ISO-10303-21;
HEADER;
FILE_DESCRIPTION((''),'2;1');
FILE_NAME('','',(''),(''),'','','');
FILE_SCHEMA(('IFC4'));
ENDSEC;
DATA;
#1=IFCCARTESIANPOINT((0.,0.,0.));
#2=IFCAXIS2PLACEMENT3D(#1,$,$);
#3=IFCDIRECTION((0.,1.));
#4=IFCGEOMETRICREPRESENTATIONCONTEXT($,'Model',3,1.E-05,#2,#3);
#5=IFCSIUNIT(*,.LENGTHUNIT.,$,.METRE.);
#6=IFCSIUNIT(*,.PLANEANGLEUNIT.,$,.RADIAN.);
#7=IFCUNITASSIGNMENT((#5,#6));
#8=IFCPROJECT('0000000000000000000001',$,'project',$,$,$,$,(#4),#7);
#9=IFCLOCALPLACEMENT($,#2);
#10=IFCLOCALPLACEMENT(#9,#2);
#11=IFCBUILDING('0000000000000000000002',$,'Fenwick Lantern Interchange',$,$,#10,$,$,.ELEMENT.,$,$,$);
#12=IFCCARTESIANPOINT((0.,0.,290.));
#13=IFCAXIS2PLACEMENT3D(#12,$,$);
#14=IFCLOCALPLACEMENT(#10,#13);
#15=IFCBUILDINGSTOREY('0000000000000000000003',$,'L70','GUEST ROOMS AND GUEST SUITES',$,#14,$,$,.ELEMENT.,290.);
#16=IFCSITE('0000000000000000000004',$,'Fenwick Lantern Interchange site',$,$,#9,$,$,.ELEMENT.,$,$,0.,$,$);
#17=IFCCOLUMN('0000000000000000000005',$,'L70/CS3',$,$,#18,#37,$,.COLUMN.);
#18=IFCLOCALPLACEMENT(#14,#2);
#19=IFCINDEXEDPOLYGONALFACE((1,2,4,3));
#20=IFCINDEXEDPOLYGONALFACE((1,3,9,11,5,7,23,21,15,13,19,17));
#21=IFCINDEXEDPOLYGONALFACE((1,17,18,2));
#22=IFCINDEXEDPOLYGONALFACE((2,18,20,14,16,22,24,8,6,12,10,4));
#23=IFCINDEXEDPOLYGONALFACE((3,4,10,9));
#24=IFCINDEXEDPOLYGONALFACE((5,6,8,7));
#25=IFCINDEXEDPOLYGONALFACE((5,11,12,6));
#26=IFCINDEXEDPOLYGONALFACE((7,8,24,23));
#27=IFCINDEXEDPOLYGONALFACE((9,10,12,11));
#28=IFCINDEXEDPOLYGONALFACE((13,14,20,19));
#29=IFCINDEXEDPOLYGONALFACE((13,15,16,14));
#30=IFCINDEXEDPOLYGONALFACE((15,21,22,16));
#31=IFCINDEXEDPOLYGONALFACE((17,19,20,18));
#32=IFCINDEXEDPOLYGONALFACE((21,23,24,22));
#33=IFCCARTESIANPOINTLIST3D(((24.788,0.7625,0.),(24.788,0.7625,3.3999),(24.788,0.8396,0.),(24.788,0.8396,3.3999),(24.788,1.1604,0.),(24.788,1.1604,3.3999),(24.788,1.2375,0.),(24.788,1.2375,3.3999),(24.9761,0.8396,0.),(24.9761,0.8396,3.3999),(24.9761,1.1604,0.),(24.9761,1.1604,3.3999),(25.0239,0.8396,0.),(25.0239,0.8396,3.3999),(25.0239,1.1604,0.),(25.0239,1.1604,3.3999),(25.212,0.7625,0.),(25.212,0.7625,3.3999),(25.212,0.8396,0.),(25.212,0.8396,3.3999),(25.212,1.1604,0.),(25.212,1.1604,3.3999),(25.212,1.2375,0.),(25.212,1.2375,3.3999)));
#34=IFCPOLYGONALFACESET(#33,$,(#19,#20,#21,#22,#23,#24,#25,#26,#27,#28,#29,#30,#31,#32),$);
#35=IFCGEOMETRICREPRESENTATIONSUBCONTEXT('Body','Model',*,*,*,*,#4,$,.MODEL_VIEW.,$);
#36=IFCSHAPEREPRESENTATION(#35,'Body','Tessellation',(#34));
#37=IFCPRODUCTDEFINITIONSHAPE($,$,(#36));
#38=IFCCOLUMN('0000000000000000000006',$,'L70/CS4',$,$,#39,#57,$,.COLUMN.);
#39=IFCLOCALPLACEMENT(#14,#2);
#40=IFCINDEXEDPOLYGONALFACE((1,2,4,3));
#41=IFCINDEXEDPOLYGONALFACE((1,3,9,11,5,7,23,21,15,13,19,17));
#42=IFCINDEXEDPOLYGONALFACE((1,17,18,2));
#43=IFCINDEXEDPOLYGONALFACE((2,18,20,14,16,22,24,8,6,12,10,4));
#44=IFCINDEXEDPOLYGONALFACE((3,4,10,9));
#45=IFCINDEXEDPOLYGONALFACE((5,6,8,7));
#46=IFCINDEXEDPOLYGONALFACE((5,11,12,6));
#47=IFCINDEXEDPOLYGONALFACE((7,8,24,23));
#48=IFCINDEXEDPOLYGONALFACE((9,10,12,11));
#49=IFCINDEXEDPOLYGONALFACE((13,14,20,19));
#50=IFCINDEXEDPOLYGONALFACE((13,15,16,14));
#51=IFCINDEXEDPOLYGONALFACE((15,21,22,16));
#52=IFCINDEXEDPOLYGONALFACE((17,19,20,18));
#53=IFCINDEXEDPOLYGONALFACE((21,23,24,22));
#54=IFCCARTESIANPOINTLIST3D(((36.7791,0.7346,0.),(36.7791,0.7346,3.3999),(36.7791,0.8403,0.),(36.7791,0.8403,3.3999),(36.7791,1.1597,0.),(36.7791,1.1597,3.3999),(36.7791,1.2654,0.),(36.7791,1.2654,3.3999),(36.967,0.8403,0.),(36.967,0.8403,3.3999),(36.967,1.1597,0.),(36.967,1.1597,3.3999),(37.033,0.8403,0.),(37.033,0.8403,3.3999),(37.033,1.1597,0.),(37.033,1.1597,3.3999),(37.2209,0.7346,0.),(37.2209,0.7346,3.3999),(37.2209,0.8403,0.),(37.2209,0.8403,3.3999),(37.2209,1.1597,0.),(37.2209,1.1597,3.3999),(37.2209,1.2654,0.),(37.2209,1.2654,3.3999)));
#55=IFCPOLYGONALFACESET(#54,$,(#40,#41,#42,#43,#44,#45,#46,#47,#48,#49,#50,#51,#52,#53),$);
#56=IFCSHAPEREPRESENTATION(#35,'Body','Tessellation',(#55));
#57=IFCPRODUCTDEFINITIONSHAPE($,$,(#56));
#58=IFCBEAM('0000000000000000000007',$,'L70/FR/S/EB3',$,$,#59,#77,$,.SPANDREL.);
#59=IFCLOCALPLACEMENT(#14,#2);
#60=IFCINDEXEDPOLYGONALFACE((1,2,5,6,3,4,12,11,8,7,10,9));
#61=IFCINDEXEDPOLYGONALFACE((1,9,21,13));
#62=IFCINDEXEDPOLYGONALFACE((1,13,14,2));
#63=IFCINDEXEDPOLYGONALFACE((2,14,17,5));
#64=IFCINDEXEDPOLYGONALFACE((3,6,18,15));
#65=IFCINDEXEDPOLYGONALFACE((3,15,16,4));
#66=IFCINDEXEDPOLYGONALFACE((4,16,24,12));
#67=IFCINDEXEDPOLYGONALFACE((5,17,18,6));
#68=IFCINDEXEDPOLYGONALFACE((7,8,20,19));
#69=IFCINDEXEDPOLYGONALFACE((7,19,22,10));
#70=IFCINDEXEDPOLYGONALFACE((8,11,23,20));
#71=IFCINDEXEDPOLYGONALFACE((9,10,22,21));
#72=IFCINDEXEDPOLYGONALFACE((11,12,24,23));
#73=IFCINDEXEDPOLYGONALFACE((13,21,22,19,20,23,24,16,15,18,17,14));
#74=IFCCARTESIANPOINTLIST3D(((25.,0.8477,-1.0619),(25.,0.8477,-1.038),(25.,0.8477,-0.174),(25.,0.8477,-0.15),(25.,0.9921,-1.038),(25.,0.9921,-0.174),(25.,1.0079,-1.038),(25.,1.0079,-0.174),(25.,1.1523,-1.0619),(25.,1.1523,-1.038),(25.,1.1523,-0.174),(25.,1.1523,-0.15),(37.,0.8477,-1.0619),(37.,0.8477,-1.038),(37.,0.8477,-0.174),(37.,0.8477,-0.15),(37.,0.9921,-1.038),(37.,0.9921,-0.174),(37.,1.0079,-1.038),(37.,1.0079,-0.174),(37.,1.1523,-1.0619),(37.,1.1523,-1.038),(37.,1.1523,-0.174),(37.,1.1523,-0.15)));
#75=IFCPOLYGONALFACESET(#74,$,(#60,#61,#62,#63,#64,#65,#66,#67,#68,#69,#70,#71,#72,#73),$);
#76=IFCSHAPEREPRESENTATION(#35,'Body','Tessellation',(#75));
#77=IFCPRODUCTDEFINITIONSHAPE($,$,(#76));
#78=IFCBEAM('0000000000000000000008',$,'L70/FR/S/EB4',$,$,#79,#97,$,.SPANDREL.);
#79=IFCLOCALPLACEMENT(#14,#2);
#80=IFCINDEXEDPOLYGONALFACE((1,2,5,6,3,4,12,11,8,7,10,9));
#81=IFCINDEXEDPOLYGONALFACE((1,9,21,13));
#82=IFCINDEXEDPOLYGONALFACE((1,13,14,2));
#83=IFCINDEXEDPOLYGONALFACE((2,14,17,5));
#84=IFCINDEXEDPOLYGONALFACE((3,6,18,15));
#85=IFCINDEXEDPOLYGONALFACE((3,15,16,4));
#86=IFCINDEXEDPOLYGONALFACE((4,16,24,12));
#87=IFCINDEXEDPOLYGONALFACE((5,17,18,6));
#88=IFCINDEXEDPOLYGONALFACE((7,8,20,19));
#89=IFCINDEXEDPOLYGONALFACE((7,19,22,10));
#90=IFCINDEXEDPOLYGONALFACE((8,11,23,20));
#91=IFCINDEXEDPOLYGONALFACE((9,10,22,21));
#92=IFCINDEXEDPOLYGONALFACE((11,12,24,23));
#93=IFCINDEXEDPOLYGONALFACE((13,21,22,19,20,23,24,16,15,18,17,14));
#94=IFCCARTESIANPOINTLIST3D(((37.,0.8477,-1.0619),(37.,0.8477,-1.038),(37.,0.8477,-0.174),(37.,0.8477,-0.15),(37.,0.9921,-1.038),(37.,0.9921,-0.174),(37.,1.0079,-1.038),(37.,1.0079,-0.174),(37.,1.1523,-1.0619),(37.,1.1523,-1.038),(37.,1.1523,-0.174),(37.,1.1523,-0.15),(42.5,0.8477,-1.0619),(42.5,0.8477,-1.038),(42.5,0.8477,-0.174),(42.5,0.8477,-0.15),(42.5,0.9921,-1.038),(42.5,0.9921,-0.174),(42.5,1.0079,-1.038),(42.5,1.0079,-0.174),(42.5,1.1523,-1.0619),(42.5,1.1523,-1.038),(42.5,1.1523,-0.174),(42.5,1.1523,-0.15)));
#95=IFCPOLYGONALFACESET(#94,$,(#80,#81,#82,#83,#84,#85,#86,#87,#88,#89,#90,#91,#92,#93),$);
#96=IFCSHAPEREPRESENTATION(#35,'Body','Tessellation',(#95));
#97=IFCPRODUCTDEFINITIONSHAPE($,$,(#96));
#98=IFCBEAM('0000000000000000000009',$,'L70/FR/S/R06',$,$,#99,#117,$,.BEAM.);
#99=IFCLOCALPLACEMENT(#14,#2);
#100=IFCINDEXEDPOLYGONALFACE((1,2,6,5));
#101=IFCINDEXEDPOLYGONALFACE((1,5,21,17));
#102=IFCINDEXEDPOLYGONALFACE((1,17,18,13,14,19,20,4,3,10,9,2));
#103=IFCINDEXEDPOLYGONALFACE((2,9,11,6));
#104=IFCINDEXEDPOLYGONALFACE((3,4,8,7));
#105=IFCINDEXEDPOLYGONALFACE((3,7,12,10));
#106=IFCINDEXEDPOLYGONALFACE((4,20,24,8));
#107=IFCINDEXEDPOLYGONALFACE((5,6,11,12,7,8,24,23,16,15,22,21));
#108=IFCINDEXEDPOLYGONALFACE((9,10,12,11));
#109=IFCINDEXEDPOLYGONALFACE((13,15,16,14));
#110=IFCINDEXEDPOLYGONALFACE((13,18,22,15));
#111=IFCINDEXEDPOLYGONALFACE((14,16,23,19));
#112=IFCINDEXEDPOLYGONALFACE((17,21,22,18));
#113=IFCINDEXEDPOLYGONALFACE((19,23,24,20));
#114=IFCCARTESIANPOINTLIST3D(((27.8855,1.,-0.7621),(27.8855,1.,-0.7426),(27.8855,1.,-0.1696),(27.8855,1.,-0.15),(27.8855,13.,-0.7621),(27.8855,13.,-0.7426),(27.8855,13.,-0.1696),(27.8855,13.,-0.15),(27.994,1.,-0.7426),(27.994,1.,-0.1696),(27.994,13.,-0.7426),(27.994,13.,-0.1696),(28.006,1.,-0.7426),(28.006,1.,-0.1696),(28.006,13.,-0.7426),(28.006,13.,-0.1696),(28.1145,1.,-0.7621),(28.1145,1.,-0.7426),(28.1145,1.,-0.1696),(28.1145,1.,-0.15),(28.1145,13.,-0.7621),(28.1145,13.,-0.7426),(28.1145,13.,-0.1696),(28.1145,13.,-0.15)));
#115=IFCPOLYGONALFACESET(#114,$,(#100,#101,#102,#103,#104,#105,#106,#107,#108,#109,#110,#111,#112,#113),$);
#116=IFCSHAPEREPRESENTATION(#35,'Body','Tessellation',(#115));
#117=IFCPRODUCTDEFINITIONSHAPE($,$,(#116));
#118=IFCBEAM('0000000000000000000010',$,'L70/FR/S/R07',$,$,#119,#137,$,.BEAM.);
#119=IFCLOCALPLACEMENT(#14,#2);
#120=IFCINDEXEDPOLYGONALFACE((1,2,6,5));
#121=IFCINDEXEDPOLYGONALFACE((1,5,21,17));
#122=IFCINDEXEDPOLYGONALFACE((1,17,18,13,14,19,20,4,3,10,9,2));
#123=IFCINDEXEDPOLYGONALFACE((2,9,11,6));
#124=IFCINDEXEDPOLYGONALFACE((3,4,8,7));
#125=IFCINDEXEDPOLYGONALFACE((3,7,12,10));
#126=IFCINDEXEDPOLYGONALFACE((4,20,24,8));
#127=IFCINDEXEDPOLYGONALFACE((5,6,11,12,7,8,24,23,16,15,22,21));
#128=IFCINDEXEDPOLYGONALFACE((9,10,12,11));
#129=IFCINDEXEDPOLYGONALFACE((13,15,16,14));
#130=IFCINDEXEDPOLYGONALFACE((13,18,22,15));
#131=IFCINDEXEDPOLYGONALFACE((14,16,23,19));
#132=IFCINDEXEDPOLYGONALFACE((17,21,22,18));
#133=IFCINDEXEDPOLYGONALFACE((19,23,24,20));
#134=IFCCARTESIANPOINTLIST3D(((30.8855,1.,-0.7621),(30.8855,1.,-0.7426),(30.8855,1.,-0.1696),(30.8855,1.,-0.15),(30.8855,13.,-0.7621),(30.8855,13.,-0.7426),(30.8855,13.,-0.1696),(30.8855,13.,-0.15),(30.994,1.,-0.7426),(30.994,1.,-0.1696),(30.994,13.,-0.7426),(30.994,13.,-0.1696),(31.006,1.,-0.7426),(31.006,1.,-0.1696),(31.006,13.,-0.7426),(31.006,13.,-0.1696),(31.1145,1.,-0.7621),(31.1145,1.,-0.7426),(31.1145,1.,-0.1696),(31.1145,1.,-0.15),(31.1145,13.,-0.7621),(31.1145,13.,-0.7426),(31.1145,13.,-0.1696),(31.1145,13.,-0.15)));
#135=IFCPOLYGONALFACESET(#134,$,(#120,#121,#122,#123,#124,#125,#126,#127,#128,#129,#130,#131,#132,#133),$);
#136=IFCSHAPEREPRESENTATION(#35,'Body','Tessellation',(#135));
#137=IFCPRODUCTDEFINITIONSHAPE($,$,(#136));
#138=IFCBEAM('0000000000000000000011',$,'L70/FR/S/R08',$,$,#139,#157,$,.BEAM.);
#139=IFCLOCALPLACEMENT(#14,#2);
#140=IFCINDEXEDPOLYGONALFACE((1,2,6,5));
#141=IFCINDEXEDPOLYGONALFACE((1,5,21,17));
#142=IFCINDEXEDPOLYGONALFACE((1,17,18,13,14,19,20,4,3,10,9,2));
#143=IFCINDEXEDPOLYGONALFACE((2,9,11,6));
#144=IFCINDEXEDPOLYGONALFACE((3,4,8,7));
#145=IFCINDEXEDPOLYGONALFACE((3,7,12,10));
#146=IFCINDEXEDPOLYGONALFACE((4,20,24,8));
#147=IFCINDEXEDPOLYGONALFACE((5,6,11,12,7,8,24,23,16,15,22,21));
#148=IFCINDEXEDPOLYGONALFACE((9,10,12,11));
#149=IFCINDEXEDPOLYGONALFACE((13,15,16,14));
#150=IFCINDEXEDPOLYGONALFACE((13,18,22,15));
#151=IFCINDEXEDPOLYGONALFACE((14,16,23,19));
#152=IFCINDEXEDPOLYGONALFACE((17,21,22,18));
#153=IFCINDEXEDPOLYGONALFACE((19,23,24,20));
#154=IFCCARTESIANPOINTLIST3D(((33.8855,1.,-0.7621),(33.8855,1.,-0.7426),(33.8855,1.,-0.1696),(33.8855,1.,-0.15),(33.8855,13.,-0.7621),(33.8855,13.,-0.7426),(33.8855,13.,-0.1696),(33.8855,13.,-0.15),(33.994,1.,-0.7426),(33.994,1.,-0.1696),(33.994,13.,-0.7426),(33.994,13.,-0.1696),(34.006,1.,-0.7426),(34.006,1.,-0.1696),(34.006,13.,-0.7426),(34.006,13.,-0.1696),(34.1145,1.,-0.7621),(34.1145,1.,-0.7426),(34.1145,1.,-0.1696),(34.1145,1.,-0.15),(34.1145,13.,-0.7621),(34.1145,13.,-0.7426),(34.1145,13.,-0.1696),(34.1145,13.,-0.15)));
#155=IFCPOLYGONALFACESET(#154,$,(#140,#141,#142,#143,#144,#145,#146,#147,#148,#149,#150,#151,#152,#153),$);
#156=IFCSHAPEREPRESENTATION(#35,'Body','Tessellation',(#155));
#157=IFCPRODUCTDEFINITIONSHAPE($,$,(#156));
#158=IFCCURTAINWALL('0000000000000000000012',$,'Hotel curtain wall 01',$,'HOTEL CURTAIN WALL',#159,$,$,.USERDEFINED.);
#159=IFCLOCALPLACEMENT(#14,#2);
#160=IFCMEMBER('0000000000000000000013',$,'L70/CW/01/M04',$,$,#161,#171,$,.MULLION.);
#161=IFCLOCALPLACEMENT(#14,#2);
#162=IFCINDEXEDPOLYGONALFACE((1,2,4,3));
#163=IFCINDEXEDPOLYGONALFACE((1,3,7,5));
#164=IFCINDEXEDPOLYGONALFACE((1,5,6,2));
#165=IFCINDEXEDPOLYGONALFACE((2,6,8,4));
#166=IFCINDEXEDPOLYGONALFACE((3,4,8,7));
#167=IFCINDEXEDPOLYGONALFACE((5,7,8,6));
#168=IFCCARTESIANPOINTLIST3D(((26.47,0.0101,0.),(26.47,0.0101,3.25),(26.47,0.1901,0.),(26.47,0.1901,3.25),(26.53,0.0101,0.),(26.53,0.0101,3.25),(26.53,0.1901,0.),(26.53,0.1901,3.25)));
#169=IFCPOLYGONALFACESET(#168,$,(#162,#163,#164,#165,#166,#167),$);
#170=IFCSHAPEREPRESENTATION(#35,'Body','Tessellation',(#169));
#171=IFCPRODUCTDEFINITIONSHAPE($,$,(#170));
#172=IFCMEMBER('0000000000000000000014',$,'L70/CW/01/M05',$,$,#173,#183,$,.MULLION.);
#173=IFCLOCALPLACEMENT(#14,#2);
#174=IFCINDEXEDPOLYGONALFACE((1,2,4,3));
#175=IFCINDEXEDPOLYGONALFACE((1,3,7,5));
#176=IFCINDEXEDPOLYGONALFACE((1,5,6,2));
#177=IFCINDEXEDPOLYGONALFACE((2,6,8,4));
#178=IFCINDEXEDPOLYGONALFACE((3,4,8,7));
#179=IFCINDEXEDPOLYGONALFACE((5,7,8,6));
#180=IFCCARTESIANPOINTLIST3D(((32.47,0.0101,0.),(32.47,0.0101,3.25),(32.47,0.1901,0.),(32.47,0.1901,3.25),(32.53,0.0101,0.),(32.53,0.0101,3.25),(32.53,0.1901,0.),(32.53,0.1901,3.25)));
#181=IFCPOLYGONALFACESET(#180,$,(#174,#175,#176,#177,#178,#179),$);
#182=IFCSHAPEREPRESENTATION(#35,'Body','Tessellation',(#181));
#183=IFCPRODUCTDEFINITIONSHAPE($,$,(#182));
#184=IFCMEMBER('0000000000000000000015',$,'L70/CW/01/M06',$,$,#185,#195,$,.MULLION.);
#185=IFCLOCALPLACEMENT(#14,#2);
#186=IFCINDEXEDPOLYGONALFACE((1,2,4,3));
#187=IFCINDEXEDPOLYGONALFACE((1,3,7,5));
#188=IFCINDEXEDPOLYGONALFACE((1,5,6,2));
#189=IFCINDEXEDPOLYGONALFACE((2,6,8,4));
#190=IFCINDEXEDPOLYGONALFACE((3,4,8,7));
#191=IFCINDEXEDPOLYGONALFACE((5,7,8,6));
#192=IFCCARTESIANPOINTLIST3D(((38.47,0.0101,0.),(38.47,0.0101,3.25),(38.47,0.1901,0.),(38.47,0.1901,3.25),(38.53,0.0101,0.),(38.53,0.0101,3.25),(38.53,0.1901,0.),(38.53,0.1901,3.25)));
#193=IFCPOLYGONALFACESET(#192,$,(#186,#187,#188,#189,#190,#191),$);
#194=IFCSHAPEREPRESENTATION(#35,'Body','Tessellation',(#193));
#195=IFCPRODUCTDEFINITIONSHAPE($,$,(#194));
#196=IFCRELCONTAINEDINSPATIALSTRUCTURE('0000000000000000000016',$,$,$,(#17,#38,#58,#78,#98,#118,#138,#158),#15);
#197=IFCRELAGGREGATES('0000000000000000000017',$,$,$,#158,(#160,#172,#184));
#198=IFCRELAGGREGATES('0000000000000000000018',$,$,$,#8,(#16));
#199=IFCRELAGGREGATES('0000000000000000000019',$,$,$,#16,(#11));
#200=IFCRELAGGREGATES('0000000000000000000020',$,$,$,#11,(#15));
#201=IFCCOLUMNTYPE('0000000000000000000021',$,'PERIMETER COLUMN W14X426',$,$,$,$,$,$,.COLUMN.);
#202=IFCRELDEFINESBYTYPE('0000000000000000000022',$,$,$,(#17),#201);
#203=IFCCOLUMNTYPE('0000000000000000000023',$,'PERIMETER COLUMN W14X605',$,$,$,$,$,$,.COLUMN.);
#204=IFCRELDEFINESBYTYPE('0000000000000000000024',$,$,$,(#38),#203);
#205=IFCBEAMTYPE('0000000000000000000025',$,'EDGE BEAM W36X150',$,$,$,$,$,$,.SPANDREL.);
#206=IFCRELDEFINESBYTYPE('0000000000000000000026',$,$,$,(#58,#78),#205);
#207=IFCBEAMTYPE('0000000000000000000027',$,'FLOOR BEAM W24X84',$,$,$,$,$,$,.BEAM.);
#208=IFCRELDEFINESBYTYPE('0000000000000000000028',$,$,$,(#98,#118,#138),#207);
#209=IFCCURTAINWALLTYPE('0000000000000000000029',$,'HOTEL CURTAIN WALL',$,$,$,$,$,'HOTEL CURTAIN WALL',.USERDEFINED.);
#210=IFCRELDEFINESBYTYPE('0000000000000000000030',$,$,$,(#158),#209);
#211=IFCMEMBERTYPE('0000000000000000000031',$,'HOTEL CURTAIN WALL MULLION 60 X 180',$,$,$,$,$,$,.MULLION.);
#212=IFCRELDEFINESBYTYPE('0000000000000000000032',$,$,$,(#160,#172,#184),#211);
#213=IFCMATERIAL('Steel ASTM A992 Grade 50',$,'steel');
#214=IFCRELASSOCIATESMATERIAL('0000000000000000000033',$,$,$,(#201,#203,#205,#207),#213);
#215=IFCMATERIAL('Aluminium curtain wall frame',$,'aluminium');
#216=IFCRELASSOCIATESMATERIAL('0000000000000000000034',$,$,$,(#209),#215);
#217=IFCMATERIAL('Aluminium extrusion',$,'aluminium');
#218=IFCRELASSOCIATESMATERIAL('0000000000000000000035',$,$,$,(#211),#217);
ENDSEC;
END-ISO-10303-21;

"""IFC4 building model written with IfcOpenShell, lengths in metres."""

from ifc_helpers import new_model, si_unit, direction, frame, origin, origin_2d, place, context, subcontext, project, spatial, rectangle, i_section, extrude, material, material_profile, profile_set, type_object, element, aggregate, save


model = new_model("IFC4")

# Units and contexts
model_context = context("Model", 3, precision=1e-05, world=origin(), true_north=direction((0.0, 1.0)))
body_context = subcontext(model_context, "Body", "Model", "MODEL_VIEW")
ifc_project = project(units=[si_unit("LENGTHUNIT", "METRE"), si_unit("PLANEANGLEUNIT", "RADIAN")], contexts=[model_context])

# Site, building, storey
site_placement = place(None, origin())
site = spatial("IfcSite", under=ifc_project, at=site_placement, Name="Fenwick Lantern Interchange site", CompositionType="ELEMENT", RefElevation=0.0)
building_placement = place(site_placement, origin())
building = spatial("IfcBuilding", under=site, at=building_placement, Name="Fenwick Lantern Interchange", CompositionType="ELEMENT")
storey_placement = place(building_placement, frame((0.0, 0.0, 290.0)))
storey = spatial("IfcBuildingStorey", under=building, at=storey_placement, Name="L70", Description="GUEST ROOMS AND GUEST SUITES", CompositionType="ELEMENT", Elevation=290.0)

# Columns
ifc_material_1 = material(Name="Steel ASTM A992 Grade 50", Category="steel")
ifc_material_profile_1 = material_profile(ifc_material_1, i_section(OverallWidth=0.4241, OverallDepth=0.4751, WebThickness=0.0479, FlangeThickness=0.0771, at=origin_2d()), Name="W14X426")
ifc_profile_set_1 = profile_set([ifc_material_profile_1], Name="Steel ASTM A992 Grade 50")
column_type_1 = type_object("IfcColumnType", Name="PERIMETER COLUMN W14X426", PredefinedType="COLUMN", material=ifc_profile_set_1)
column_1_placement = place(storey_placement, frame((25.0, 1.0, 0.0), z_axis=(0.0, 0.0, 1.0), x_axis=(1.0, 0.0, 0.0)))
element("IfcColumn", 1, at=column_1_placement, inside=storey, type_object=column_type_1, Name="L70/CS3", PredefinedType="COLUMN", context=body_context, shape_type="SweptSolid", body=[
    extrude(i_section(OverallWidth=0.4241, OverallDepth=0.4751, WebThickness=0.0479, FlangeThickness=0.0771, at=origin_2d()), origin(), (0.0, 0.0, 1.0), 3.3999),
])
ifc_material_profile_2 = material_profile(ifc_material_1, i_section(OverallWidth=0.4419, OverallDepth=0.5308, WebThickness=0.0659, FlangeThickness=0.1057, at=origin_2d()), Name="W14X605")
ifc_profile_set_2 = profile_set([ifc_material_profile_2], Name="Steel ASTM A992 Grade 50")
column_type_2 = type_object("IfcColumnType", Name="PERIMETER COLUMN W14X605", PredefinedType="COLUMN", material=ifc_profile_set_2)
column_2_placement = place(storey_placement, frame((37.0, 1.0, 0.0), z_axis=(0.0, 0.0, 1.0), x_axis=(1.0, 0.0, 0.0)))
element("IfcColumn", 2, at=column_2_placement, inside=storey, type_object=column_type_2, Name="L70/CS4", PredefinedType="COLUMN", context=body_context, shape_type="SweptSolid", body=[
    extrude(i_section(OverallWidth=0.4419, OverallDepth=0.5308, WebThickness=0.0659, FlangeThickness=0.1057, at=origin_2d()), origin(), (0.0, 0.0, 1.0), 3.3999),
])

# Beams
ifc_material_profile_3 = material_profile(ifc_material_1, i_section(OverallWidth=0.3047, OverallDepth=0.9119, WebThickness=0.0159, FlangeThickness=0.0239, at=origin_2d()), Name="W36X150")
ifc_profile_set_3 = profile_set([ifc_material_profile_3], Name="Steel ASTM A992 Grade 50")
beam_type_1 = type_object("IfcBeamType", Name="EDGE BEAM W36X150", PredefinedType="SPANDREL", material=ifc_profile_set_3)
beam_1_placement = place(storey_placement, frame((25.0, 1.0, -0.606), z_axis=(1.0, 0.0, 0.0), x_axis=(0.0, 1.0, 0.0)))
element("IfcBeam", 3, at=beam_1_placement, inside=storey, type_object=beam_type_1, Name="L70/FR/S/EB3", PredefinedType="SPANDREL", context=body_context, shape_type="SweptSolid", body=[
    extrude(i_section(OverallWidth=0.3047, OverallDepth=0.9119, WebThickness=0.0159, FlangeThickness=0.0239, at=origin_2d()), origin(), (0.0, 0.0, 1.0), 12.0),
])
beam_2_placement = place(storey_placement, frame((37.0, 1.0, -0.606), z_axis=(1.0, 0.0, 0.0), x_axis=(0.0, 1.0, 0.0)))
element("IfcBeam", 4, at=beam_2_placement, inside=storey, type_object=beam_type_1, Name="L70/FR/S/EB4", PredefinedType="SPANDREL", context=body_context, shape_type="SweptSolid", body=[
    extrude(i_section(OverallWidth=0.3047, OverallDepth=0.9119, WebThickness=0.0159, FlangeThickness=0.0239, at=origin_2d()), origin(), (0.0, 0.0, 1.0), 5.5),
])
ifc_material_profile_4 = material_profile(ifc_material_1, i_section(OverallWidth=0.229, OverallDepth=0.6121, WebThickness=0.012, FlangeThickness=0.0195, at=origin_2d()), Name="W24X84")
ifc_profile_set_4 = profile_set([ifc_material_profile_4], Name="Steel ASTM A992 Grade 50")
beam_type_2 = type_object("IfcBeamType", Name="FLOOR BEAM W24X84", PredefinedType="BEAM", material=ifc_profile_set_4)
for number, where, z_axis, x_axis, name in (
    (5, (28.0, 1.0, -0.4561), (0.0, 1.0, 0.0), (-1.0, 0.0, 0.0), "L70/FR/S/R06"),
    (6, (31.0, 1.0, -0.4561), (0.0, 1.0, 0.0), (-1.0, 0.0, 0.0), "L70/FR/S/R07"),
    (7, (34.0, 1.0, -0.4561), (0.0, 1.0, 0.0), (-1.0, 0.0, 0.0), "L70/FR/S/R08"),
):
    element("IfcBeam", number, at=place(storey_placement, frame(where, z_axis=z_axis, x_axis=x_axis)), inside=storey, type_object=beam_type_2, Name=name, PredefinedType="BEAM", context=body_context, shape_type="SweptSolid", body=[
        extrude(i_section(OverallWidth=0.229, OverallDepth=0.6121, WebThickness=0.012, FlangeThickness=0.0195, at=origin_2d()), origin(), (0.0, 0.0, 1.0), 12.0),
    ])

# Curtain wall, members
ifc_material_2 = material(Name="Aluminium curtain wall frame", Category="aluminium")
curtain_wall_type = type_object("IfcCurtainWallType", Name="HOTEL CURTAIN WALL", ElementType="HOTEL CURTAIN WALL", PredefinedType="USERDEFINED", material=ifc_material_2)
curtain_wall_placement = place(storey_placement, origin())
curtain_wall = element("IfcCurtainWall", 8, at=curtain_wall_placement, inside=storey, type_object=curtain_wall_type, Name="Hotel curtain wall 01", ObjectType="HOTEL CURTAIN WALL", PredefinedType="USERDEFINED")
ifc_material_3 = material(Name="Aluminium extrusion", Category="aluminium")
ifc_material_profile_5 = material_profile(ifc_material_3, rectangle(XDim=0.1799, YDim=0.0601, at=origin_2d()), Name="HOTEL CURTAIN WALL MULLION 60 X 180")
ifc_profile_set_5 = profile_set([ifc_material_profile_5], Name="Aluminium extrusion")
member_type_1 = type_object("IfcMemberType", Name="HOTEL CURTAIN WALL MULLION 60 X 180", PredefinedType="MULLION", material=ifc_profile_set_5)
member_1_placement = place(storey_placement, frame((26.5, 0.1001, 0.0), z_axis=(0.0, 0.0, 1.0), x_axis=(0.0, 1.0, 0.0)))
member_1 = element("IfcMember", 9, at=member_1_placement, type_object=member_type_1, Name="L70/CW/01/M04", PredefinedType="MULLION", context=body_context, shape_type="SweptSolid", body=[
    extrude(rectangle(XDim=0.1799, YDim=0.0601, at=origin_2d()), origin(), (0.0, 0.0, 1.0), 3.25),
])
member_2_placement = place(storey_placement, frame((32.5, 0.1001, 0.0), z_axis=(0.0, 0.0, 1.0), x_axis=(0.0, 1.0, 0.0)))
member_2 = element("IfcMember", 10, at=member_2_placement, type_object=member_type_1, Name="L70/CW/01/M05", PredefinedType="MULLION", context=body_context, shape_type="SweptSolid", body=[
    extrude(rectangle(XDim=0.1799, YDim=0.0601, at=origin_2d()), origin(), (0.0, 0.0, 1.0), 3.25),
])
member_3_placement = place(storey_placement, frame((38.5, 0.1001, 0.0), z_axis=(0.0, 0.0, 1.0), x_axis=(0.0, 1.0, 0.0)))
member_3 = element("IfcMember", 11, at=member_3_placement, type_object=member_type_1, Name="L70/CW/01/M06", PredefinedType="MULLION", context=body_context, shape_type="SweptSolid", body=[
    extrude(rectangle(XDim=0.1799, YDim=0.0601, at=origin_2d()), origin(), (0.0, 0.0, 1.0), 3.25),
])
aggregate(curtain_wall, [member_1, member_2, member_3])

save(model, "model.ifc")
